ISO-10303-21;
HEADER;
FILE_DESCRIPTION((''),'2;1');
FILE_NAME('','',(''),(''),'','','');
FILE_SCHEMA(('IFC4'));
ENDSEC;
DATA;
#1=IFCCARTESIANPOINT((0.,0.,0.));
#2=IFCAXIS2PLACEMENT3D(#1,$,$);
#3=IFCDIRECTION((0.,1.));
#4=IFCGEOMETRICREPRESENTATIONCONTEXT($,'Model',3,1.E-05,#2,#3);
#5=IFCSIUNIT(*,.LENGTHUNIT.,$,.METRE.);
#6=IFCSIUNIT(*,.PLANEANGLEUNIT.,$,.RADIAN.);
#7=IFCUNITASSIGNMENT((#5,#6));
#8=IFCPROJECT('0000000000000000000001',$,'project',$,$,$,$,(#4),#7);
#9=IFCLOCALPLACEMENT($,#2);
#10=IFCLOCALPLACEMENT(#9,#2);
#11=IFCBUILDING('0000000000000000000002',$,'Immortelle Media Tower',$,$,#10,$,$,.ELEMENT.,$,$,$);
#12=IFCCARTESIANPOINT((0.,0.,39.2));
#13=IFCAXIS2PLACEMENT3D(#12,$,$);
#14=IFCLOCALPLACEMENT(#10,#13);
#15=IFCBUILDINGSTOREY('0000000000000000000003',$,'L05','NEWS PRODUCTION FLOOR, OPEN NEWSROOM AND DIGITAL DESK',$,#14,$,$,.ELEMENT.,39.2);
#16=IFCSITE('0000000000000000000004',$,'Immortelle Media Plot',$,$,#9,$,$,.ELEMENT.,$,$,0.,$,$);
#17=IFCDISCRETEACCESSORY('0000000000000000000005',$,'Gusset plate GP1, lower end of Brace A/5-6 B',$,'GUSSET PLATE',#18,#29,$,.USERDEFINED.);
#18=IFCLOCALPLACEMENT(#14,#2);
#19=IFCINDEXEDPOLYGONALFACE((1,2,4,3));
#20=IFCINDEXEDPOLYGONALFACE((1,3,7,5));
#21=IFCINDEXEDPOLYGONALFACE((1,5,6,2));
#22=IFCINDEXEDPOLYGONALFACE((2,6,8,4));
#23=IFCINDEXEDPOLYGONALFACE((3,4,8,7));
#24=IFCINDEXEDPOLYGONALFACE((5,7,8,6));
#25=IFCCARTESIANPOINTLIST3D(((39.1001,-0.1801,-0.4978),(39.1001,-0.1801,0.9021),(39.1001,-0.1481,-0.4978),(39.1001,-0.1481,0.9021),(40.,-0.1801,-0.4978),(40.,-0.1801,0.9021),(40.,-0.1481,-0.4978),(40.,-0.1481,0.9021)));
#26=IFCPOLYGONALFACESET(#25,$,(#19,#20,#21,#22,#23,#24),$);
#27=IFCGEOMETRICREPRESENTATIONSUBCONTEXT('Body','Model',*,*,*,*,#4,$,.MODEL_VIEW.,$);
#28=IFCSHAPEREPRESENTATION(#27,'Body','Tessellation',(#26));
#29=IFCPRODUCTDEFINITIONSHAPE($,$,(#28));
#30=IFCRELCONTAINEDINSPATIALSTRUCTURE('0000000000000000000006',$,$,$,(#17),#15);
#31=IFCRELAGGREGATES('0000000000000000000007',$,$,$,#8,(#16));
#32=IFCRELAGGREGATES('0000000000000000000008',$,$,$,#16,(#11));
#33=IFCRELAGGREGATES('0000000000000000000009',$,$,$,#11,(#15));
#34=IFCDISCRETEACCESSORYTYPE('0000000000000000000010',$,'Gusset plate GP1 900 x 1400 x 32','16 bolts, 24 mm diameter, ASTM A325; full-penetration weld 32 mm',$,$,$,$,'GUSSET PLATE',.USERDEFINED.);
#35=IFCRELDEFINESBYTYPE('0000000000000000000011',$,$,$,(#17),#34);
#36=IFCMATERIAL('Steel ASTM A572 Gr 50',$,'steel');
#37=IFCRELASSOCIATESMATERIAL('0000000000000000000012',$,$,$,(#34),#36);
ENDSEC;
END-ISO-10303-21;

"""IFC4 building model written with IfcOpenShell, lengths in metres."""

from ifc_helpers import new_model, si_unit, direction, frame, origin, origin_2d, place, context, subcontext, project, spatial, rectangle, extrude, material, material_profile, profile_set, type_object, element, save


model = new_model("IFC4")

# Units and contexts
model_context = context("Model", 3, precision=1e-05, world=origin(), true_north=direction((0.0, 1.0)))
body_context = subcontext(model_context, "Body", "Model", "MODEL_VIEW")
ifc_project = project(units=[si_unit("LENGTHUNIT", "METRE"), si_unit("PLANEANGLEUNIT", "RADIAN")], contexts=[model_context])

# Site, building, storey
site_placement = place(None, origin())
site = spatial("IfcSite", under=ifc_project, at=site_placement, Name="Immortelle Media Plot", CompositionType="ELEMENT", RefElevation=0.0)
building_placement = place(site_placement, origin())
building = spatial("IfcBuilding", under=site, at=building_placement, Name="Immortelle Media Tower", CompositionType="ELEMENT")
storey_placement = place(building_placement, frame((0.0, 0.0, 39.2)))
storey = spatial("IfcBuildingStorey", under=building, at=storey_placement, Name="L05", Description="NEWS PRODUCTION FLOOR, OPEN NEWSROOM AND DIGITAL DESK", CompositionType="ELEMENT", Elevation=39.2)

# Discrete accessory
ifc_material_1 = material(Name="Steel ASTM A572 Gr 50", Category="steel")
ifc_material_profile_1 = material_profile(ifc_material_1, rectangle(XDim=0.032, YDim=1.3999, at=origin_2d()), Name="PL 32 x 1400")
ifc_profile_set_1 = profile_set([ifc_material_profile_1], Name="Steel ASTM A572 Gr 50")
discrete_accessory_type_1 = type_object("IfcDiscreteAccessoryType", Name="Gusset plate GP1 900 x 1400 x 32", Description="16 bolts, 24 mm diameter, ASTM A325; full-penetration weld 32 mm", ElementType="GUSSET PLATE", PredefinedType="USERDEFINED", material=ifc_profile_set_1)
for number, where, z_axis, x_axis, name in (
    (1, (40.0, -0.1641, 0.2021), (-1.0, 0.0, 0.0), (0.0, -1.0, 0.0), "Gusset plate GP1, lower end of Brace A/5-6 B"),
):
    element("IfcDiscreteAccessory", number, at=place(storey_placement, frame(where, z_axis=z_axis, x_axis=x_axis)), inside=storey, type_object=discrete_accessory_type_1, Name=name, ObjectType="GUSSET PLATE", PredefinedType="USERDEFINED", context=body_context, shape_type="SweptSolid", body=[
        extrude(rectangle(XDim=0.032, YDim=1.3999, at=origin_2d()), origin(), (0.0, 0.0, 1.0), 0.8999),
    ])

save(model, "model.ifc")
